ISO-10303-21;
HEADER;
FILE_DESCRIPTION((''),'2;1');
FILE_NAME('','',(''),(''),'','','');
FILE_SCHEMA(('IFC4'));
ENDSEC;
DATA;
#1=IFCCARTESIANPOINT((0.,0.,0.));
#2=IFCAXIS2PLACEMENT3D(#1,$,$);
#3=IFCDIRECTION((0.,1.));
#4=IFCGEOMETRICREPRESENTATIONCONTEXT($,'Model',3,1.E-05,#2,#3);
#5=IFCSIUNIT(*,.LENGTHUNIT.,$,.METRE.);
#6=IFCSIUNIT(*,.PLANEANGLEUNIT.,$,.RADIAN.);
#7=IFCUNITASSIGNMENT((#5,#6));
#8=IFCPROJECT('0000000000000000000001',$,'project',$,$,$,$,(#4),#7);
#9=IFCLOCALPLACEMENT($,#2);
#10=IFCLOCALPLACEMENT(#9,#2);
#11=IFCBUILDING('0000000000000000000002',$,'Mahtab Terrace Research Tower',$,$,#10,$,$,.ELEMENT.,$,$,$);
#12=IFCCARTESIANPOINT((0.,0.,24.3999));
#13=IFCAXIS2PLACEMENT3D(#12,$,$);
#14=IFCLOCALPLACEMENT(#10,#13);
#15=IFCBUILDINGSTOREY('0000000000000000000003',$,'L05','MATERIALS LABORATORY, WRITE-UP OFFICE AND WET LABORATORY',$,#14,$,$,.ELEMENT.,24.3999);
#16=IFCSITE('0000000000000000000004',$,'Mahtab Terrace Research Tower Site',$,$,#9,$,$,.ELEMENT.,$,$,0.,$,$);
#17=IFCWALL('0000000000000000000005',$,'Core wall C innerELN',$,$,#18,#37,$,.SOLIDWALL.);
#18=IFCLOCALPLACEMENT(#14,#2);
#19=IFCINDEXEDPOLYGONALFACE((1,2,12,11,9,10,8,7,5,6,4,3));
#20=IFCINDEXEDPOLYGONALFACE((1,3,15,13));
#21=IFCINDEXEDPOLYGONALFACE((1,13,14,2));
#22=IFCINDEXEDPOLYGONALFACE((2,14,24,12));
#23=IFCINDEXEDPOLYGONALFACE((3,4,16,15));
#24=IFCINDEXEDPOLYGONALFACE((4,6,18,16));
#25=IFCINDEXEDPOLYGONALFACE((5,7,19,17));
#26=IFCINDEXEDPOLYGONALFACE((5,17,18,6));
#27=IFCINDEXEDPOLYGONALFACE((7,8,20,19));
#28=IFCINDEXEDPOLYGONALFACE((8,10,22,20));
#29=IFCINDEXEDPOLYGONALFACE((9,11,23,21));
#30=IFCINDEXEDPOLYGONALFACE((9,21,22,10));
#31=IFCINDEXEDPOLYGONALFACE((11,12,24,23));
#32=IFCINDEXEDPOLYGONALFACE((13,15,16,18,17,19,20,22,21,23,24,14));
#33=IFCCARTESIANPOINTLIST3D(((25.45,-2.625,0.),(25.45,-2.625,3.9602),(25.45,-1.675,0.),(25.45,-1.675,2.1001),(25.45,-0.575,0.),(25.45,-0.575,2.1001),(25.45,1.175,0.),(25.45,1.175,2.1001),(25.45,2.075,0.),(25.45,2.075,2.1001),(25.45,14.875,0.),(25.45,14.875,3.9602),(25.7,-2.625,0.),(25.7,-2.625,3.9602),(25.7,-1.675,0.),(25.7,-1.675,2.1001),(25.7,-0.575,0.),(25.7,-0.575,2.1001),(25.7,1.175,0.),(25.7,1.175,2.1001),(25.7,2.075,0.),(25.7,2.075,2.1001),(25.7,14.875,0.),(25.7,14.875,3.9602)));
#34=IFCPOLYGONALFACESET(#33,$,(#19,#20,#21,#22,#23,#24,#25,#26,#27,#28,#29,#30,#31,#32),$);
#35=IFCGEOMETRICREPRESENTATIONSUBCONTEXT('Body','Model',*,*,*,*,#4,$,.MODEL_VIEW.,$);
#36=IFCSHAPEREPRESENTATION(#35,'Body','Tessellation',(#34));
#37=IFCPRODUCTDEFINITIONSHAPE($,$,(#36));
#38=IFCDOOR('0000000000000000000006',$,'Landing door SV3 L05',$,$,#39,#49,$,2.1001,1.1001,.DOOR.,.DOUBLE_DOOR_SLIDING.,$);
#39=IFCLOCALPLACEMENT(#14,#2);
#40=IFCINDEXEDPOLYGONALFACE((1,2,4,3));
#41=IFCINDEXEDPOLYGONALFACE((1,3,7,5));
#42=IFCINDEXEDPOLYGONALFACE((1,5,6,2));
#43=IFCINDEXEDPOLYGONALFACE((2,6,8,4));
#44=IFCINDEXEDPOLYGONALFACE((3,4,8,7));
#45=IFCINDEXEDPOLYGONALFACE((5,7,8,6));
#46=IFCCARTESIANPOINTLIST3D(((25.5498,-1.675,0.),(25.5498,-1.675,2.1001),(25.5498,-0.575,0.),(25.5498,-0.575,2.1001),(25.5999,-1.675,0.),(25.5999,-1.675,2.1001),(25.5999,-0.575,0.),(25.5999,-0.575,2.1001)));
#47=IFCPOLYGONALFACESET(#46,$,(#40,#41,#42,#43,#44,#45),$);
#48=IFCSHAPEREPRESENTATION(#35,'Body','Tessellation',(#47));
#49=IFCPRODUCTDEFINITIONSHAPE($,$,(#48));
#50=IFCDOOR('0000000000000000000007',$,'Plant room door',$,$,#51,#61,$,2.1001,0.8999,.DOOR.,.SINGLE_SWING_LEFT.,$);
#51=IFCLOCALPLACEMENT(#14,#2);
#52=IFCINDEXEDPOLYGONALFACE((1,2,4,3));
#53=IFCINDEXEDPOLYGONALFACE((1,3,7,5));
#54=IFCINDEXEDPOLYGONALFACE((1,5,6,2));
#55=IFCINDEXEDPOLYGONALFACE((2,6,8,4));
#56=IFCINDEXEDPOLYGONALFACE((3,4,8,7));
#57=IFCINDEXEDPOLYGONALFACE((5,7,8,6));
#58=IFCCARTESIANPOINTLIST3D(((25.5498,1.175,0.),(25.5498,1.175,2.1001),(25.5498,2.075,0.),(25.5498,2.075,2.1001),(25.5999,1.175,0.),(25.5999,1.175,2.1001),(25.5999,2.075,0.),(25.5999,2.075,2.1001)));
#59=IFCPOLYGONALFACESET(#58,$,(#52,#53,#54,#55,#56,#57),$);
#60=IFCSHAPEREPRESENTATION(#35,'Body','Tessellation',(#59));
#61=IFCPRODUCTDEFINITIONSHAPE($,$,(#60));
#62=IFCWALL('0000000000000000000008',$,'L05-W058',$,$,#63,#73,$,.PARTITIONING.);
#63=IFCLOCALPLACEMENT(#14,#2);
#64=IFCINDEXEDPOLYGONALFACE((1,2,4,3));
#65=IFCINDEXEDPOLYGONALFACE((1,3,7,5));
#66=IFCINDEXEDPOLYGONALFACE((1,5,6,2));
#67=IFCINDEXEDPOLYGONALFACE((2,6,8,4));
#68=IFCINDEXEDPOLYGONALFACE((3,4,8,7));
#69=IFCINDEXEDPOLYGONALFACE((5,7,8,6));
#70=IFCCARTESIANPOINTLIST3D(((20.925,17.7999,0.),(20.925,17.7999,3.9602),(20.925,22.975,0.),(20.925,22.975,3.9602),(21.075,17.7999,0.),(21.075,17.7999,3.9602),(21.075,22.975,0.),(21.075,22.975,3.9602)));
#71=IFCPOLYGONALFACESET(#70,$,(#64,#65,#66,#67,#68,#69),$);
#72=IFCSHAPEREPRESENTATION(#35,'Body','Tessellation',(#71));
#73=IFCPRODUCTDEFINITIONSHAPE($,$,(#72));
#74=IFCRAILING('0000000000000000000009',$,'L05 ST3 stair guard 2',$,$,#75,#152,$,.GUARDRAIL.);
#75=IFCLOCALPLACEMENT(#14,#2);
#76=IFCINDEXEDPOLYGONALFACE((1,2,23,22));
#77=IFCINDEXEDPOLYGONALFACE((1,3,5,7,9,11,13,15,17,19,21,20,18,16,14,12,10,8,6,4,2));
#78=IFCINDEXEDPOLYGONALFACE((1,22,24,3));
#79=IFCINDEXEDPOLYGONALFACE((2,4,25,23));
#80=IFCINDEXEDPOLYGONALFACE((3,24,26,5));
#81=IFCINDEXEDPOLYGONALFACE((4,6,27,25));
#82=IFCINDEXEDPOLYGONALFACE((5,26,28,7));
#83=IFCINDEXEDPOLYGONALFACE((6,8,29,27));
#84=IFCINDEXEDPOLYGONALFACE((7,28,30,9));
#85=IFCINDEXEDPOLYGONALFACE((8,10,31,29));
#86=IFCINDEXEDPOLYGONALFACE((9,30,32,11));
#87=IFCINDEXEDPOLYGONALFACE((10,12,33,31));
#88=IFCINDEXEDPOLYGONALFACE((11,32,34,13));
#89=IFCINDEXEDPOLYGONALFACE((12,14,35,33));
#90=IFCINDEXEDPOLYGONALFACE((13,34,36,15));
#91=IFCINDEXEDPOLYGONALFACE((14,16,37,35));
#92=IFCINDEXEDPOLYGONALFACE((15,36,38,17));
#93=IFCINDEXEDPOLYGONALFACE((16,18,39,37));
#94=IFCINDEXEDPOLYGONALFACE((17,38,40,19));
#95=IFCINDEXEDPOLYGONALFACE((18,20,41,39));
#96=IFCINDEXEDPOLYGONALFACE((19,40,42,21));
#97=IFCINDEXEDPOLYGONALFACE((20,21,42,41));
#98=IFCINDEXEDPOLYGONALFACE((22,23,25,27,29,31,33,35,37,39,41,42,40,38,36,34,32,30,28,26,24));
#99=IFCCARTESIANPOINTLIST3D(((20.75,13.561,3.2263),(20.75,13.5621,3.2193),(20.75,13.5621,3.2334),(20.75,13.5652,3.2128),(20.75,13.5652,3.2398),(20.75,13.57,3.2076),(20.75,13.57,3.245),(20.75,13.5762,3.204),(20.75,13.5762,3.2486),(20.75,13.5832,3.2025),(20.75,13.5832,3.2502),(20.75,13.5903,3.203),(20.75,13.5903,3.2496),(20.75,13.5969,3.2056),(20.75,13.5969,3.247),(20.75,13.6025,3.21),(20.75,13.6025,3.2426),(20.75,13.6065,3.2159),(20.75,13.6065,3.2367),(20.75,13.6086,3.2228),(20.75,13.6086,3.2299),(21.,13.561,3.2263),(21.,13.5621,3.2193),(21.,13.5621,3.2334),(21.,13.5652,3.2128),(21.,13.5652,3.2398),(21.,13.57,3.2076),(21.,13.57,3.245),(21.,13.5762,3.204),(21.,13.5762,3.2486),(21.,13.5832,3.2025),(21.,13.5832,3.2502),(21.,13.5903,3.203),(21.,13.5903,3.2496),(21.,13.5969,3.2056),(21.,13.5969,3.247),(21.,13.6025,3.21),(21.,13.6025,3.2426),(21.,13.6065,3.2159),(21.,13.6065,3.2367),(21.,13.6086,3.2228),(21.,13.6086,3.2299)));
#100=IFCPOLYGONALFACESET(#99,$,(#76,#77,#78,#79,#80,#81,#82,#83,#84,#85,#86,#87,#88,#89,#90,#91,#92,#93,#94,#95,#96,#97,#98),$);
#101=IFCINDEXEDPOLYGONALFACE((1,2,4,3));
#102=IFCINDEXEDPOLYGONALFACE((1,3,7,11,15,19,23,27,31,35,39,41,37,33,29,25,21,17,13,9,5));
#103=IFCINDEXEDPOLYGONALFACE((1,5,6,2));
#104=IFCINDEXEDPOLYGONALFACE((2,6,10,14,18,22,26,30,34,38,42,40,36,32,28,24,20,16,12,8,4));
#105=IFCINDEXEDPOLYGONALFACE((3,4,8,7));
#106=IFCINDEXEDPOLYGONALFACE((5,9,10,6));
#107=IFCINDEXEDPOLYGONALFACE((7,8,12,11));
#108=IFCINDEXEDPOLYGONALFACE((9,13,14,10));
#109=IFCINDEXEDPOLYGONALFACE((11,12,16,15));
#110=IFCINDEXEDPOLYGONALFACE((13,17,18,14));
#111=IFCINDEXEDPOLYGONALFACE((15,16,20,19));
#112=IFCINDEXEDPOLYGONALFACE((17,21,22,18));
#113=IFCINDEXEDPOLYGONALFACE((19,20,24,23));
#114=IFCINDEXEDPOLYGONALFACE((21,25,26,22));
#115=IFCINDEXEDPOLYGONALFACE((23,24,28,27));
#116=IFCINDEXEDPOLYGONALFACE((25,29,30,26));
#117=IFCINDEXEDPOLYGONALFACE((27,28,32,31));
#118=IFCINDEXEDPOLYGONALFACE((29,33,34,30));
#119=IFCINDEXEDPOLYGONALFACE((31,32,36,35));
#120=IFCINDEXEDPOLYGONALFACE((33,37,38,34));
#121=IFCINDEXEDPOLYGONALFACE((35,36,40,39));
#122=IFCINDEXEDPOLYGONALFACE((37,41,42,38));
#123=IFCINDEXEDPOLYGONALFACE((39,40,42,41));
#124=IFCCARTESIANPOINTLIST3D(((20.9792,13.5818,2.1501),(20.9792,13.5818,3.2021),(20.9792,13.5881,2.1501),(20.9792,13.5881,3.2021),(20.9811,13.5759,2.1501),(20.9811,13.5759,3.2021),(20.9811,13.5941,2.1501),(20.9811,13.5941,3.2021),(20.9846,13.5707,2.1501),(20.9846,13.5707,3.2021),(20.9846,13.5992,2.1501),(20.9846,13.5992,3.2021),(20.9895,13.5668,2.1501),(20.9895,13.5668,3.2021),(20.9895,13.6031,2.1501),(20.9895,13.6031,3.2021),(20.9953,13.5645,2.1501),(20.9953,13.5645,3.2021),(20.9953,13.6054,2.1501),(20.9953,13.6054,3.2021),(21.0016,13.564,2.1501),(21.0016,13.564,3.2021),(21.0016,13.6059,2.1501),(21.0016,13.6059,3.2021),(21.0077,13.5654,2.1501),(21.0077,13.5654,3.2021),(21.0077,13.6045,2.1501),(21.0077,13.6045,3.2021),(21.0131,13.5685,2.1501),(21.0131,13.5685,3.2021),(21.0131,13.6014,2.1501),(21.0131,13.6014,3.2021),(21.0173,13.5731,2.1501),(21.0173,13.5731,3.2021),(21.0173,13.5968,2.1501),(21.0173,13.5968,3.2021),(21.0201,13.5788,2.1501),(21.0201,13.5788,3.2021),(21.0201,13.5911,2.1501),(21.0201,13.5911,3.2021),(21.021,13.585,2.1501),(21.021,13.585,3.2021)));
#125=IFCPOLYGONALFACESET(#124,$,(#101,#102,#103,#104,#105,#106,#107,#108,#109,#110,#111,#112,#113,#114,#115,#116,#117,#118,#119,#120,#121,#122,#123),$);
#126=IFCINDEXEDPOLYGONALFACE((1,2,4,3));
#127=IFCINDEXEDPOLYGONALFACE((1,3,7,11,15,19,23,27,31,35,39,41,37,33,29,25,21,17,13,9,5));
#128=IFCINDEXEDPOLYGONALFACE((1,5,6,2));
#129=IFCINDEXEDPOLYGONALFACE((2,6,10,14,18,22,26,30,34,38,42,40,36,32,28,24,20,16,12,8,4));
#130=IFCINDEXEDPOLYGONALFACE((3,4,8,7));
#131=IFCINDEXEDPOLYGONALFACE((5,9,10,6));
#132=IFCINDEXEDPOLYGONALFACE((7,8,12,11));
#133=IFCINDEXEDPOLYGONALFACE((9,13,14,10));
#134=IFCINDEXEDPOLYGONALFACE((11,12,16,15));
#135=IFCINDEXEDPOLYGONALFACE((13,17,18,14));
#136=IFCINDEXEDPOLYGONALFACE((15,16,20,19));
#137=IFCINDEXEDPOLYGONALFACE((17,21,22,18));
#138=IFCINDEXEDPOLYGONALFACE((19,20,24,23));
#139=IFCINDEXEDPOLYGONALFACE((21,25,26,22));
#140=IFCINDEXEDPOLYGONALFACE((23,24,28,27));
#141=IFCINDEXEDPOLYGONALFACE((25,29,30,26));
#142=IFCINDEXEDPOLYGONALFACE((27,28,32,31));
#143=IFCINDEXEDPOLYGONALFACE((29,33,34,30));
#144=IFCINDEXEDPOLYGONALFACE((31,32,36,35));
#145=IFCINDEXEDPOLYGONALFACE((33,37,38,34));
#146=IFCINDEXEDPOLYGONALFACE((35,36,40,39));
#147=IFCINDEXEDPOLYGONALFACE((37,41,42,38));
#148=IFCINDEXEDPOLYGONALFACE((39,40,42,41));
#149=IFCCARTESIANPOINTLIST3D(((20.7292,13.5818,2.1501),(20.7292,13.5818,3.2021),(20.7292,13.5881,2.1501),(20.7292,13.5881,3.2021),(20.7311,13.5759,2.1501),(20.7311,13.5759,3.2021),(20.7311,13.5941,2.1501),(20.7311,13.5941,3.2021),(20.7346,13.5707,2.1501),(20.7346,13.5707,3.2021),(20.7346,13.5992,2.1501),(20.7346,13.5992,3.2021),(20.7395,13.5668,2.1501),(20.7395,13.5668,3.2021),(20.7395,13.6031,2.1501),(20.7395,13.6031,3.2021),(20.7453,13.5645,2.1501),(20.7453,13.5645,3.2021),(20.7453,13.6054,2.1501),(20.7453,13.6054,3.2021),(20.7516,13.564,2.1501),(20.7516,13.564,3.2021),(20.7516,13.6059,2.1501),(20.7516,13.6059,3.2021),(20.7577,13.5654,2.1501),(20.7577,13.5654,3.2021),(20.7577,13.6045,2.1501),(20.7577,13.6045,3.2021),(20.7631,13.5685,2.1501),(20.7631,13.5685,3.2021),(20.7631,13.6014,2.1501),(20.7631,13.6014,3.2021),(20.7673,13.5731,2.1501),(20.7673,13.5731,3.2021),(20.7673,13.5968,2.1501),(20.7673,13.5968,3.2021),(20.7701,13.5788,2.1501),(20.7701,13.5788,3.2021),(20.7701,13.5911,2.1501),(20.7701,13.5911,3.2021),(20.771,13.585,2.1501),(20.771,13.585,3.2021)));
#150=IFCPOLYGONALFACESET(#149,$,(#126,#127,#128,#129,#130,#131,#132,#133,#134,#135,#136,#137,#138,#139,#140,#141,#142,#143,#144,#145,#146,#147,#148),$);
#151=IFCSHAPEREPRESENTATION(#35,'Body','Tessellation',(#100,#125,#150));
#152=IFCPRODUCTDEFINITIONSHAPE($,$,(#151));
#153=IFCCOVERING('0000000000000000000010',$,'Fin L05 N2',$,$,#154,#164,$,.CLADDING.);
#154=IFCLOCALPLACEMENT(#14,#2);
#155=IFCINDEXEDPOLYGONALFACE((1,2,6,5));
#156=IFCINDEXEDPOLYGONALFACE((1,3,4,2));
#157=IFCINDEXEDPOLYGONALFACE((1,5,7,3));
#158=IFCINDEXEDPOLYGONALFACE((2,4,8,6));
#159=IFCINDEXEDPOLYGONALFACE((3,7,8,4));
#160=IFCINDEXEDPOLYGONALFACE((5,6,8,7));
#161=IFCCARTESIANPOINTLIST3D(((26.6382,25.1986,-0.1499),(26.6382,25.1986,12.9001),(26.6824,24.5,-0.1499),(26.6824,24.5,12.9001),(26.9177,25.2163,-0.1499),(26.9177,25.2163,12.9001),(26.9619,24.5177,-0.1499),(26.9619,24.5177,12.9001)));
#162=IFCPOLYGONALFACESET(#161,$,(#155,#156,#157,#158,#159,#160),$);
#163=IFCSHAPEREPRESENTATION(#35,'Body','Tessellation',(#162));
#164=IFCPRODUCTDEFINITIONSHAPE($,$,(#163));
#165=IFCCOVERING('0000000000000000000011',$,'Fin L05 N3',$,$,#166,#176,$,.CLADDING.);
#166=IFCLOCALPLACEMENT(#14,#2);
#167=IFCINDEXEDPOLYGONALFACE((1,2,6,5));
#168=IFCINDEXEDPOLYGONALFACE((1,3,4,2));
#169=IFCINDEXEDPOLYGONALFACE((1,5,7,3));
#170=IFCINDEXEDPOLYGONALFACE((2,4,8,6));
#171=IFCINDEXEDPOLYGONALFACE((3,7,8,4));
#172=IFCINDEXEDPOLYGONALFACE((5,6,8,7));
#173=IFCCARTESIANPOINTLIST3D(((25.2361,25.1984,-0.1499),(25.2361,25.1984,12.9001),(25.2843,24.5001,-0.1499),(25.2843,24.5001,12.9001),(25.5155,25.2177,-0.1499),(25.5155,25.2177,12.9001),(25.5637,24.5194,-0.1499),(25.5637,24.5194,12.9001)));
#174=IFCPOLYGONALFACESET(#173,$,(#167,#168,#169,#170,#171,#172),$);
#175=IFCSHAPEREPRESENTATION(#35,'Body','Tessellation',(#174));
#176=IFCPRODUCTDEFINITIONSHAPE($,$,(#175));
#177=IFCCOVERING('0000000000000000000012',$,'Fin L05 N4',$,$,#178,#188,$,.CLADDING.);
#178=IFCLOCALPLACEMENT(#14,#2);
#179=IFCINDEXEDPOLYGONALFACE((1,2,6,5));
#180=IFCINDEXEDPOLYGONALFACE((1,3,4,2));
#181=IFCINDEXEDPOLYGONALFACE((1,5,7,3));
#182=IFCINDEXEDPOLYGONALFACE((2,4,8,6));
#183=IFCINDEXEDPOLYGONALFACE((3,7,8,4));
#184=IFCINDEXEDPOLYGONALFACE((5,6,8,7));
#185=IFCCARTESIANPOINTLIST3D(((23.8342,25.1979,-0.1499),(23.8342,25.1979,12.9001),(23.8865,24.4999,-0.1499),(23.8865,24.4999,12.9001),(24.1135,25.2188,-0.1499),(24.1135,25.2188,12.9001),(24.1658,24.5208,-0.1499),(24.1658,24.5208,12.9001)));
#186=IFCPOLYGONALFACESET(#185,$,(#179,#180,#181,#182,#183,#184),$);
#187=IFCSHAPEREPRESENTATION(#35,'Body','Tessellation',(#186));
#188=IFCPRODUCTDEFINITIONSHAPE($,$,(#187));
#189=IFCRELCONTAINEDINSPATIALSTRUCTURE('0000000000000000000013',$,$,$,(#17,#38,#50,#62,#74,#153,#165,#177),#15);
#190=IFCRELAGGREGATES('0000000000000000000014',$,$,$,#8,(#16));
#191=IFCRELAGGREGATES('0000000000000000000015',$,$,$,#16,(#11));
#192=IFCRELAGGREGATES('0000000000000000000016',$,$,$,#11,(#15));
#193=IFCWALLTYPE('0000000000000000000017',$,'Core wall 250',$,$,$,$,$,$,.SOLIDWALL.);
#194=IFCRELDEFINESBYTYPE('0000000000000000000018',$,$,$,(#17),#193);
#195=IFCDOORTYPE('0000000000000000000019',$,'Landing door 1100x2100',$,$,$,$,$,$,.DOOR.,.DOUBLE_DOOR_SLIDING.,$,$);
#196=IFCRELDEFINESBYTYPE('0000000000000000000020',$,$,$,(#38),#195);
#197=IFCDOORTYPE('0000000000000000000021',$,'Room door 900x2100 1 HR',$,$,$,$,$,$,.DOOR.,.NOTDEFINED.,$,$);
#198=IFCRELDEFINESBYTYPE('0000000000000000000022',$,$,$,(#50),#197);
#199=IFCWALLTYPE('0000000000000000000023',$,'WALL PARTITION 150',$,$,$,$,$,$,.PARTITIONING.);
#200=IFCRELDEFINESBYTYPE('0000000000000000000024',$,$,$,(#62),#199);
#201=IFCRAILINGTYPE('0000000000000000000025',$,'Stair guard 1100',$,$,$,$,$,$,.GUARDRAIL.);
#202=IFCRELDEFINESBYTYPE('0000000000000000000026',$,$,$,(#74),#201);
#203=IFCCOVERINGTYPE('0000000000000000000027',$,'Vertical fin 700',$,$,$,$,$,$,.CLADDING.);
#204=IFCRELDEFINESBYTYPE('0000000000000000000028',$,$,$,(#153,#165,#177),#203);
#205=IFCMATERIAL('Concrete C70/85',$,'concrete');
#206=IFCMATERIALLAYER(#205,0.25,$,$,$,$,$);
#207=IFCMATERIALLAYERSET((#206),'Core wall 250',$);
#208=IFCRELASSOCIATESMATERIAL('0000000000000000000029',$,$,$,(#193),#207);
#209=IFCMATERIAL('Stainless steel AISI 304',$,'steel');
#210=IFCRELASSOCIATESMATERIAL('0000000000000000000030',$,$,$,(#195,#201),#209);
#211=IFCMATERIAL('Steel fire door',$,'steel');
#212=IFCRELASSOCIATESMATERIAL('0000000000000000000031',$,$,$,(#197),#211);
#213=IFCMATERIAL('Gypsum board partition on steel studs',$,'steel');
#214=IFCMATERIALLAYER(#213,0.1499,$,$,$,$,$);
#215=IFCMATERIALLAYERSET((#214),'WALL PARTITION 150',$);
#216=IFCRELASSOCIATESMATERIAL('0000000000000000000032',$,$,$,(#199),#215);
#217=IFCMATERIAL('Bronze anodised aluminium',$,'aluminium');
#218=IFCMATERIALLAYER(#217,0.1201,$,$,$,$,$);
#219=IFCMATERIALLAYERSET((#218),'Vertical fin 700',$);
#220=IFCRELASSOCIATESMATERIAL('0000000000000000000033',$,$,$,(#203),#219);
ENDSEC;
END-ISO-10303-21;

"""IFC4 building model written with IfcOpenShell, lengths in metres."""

from ifc_helpers import new_model, si_unit, direction, frame, frame_2d, origin, origin_2d, place, context, subcontext, project, spatial, rectangle, circle, extrude, material, layer, layer_set, type_object, element, fill, save


model = new_model("IFC4")

# Units and contexts
model_context = context("Model", 3, precision=1e-05, world=origin(), true_north=direction((0.0, 1.0)))
body_context = subcontext(model_context, "Body", "Model", "MODEL_VIEW")
ifc_project = project(units=[si_unit("LENGTHUNIT", "METRE"), si_unit("PLANEANGLEUNIT", "RADIAN")], contexts=[model_context])

# Site, building, storey
site_placement = place(None, origin())
site = spatial("IfcSite", under=ifc_project, at=site_placement, Name="Mahtab Terrace Research Tower Site", CompositionType="ELEMENT", RefElevation=0.0)
building_placement = place(site_placement, origin())
building = spatial("IfcBuilding", under=site, at=building_placement, Name="Mahtab Terrace Research Tower", CompositionType="ELEMENT")
storey_placement = place(building_placement, frame((0.0, 0.0, 24.3999)))
storey = spatial("IfcBuildingStorey", under=building, at=storey_placement, Name="L05", Description="MATERIALS LABORATORY, WRITE-UP OFFICE AND WET LABORATORY", CompositionType="ELEMENT", Elevation=24.3999)

# Shared definitions
ifc_material_1 = material(Name="Concrete C70/85", Category="concrete")
ifc_layer_1 = layer(ifc_material_1, 0.25)
ifc_layer_set_1 = layer_set([ifc_layer_1], Name="Core wall 250")
wall_type_1 = type_object("IfcWallType", Name="Core wall 250", PredefinedType="SOLIDWALL", material=ifc_layer_set_1)

# Shared definitions
ifc_material_2 = material(Name="Steel fire door", Category="steel")

# Wall, openings, doors
wall_1_placement = place(storey_placement, frame((25.575, 14.875, 0.0), z_axis=(0.0, 0.0, 1.0), x_axis=(0.0, -1.0, 0.0)))
wall_1 = element("IfcWall", 1, at=wall_1_placement, inside=storey, type_object=wall_type_1, Name="Core wall C innerELN", PredefinedType="SOLIDWALL", context=body_context, shape_type="SweptSolid", body=[
    extrude(rectangle(XDim=17.5, YDim=0.25, at=frame_2d((8.75, 0.0))), origin(), (0.0, 0.0, 1.0), 3.9602),
])
opening_1_placement = place(wall_1_placement, frame((15.45, 0.0, 0.0)))
opening_1 = element("IfcOpeningElement", 2, at=opening_1_placement, cuts=wall_1, PredefinedType="OPENING", context=body_context, shape_type="SweptSolid", body=[
    extrude(rectangle(XDim=1.1001, YDim=2.1001, at=frame_2d((0.55, 1.05))), frame((0.0, 0.135, 0.0), z_axis=(0.0, -1.0, 0.0), x_axis=(1.0, 0.0, 0.0)), (0.0, 0.0, 1.0), 0.27),
])
opening_2_placement = place(wall_1_placement, frame((12.8, 0.0, 0.0)))
opening_2 = element("IfcOpeningElement", 3, at=opening_2_placement, cuts=wall_1, PredefinedType="OPENING", context=body_context, shape_type="SweptSolid", body=[
    extrude(rectangle(XDim=0.8999, YDim=2.1001, at=frame_2d((0.45, 1.05))), frame((0.0, 0.135, 0.0), z_axis=(0.0, -1.0, 0.0), x_axis=(1.0, 0.0, 0.0)), (0.0, 0.0, 1.0), 0.27),
])
ifc_material_3 = material(Name="Stainless steel AISI 304", Category="steel")
door_type_1 = type_object("IfcDoorType", Name="Landing door 1100x2100", OperationType="DOUBLE_DOOR_SLIDING", PredefinedType="DOOR", material=ifc_material_3)
door_1_placement = place(opening_1_placement, origin())
door_1 = element("IfcDoor", 4, at=door_1_placement, inside=storey, type_object=door_type_1, Name="Landing door SV3 L05", OperationType="DOUBLE_DOOR_SLIDING", OverallHeight=2.1001, OverallWidth=1.1001, PredefinedType="DOOR", context=body_context, shape_type="SweptSolid", body=[
    extrude(rectangle(XDim=1.1001, YDim=2.1001, at=frame_2d((0.55, 1.05))), frame((0.0, 0.0249, 0.0), z_axis=(0.0, -1.0, 0.0), x_axis=(1.0, 0.0, 0.0)), (0.0, 0.0, 1.0), 0.05),
])
fill(opening_1, door_1)
door_type_2 = type_object("IfcDoorType", Name="Room door 900x2100 1 HR", OperationType="NOTDEFINED", PredefinedType="DOOR", material=ifc_material_2)
door_2_placement = place(opening_2_placement, origin())
door_2 = element("IfcDoor", 5, at=door_2_placement, inside=storey, type_object=door_type_2, Name="Plant room door", OperationType="SINGLE_SWING_LEFT", OverallHeight=2.1001, OverallWidth=0.8999, PredefinedType="DOOR", context=body_context, shape_type="SweptSolid", body=[
    extrude(rectangle(XDim=0.8999, YDim=2.1001, at=frame_2d((0.45, 1.05))), frame((0.0, 0.0249, 0.0), z_axis=(0.0, -1.0, 0.0), x_axis=(1.0, 0.0, 0.0)), (0.0, 0.0, 1.0), 0.05),
])
fill(opening_2, door_2)

# Wall
ifc_material_4 = material(Name="Gypsum board partition on steel studs", Category="steel")
ifc_layer_2 = layer(ifc_material_4, 0.1499)
ifc_layer_set_2 = layer_set([ifc_layer_2], Name="WALL PARTITION 150")
wall_type_2 = type_object("IfcWallType", Name="WALL PARTITION 150", PredefinedType="PARTITIONING", material=ifc_layer_set_2)
wall_2_placement = place(storey_placement, frame((21.0, 17.8, 0.0), z_axis=(0.0, 0.0, 1.0), x_axis=(0.0, 1.0, 0.0)))
element("IfcWall", 6, at=wall_2_placement, inside=storey, type_object=wall_type_2, Name="L05-W058", PredefinedType="PARTITIONING", context=body_context, shape_type="SweptSolid", body=[
    extrude(rectangle(XDim=5.175, YDim=0.1499, at=frame_2d((2.5874, 0.0))), origin(), (0.0, 0.0, 1.0), 3.9602),
])

# Railing
railing_type = type_object("IfcRailingType", Name="Stair guard 1100", PredefinedType="GUARDRAIL", material=ifc_material_3)
railing_placement = place(storey_placement, frame((21.0, 13.585, 2.1501)))
element("IfcRailing", 7, at=railing_placement, inside=storey, type_object=railing_type, Name="L05 ST3 stair guard 2", PredefinedType="GUARDRAIL", context=body_context, shape_type="SweptSolid", body=[
    extrude(circle(Radius=0.0239, at=origin_2d()), frame((0.0, 0.0, 1.0762), z_axis=(-1.0, 0.0, 0.0), x_axis=(0.0, -1.0, 0.0)), (0.0, 0.0, 1.0), 0.25),
    extrude(circle(Radius=0.021, at=origin_2d()), origin(), (0.0, 0.0, 1.0), 1.052),
    extrude(circle(Radius=0.021, at=origin_2d()), frame((-0.25, 0.0, 0.0)), (0.0, 0.0, 1.0), 1.052),
])

# Coverings
ifc_material_5 = material(Name="Bronze anodised aluminium", Category="aluminium")
ifc_layer_3 = layer(ifc_material_5, 0.1201)
ifc_layer_set_3 = layer_set([ifc_layer_3], Name="Vertical fin 700")
covering_type = type_object("IfcCoveringType", Name="Vertical fin 700", PredefinedType="CLADDING", material=ifc_layer_set_3)
for number, where, z_axis, x_axis, name in (
    (8, (26.8, 24.8582, -0.1499), (0.0, 0.0, 1.0), (-0.998006, -0.063122, 0.0), "Fin L05 N2"),
    (9, (25.3999, 24.8589, -0.1499), (0.0, 0.0, 1.0), (-0.997622, -0.068927, 0.0), "Fin L05 N3"),
    (10, (24.0, 24.8594, -0.1499), (0.0, 0.0, 1.0), (-0.997204, -0.07473, 0.0), "Fin L05 N4"),
):
    element("IfcCovering", number, at=place(storey_placement, frame(where, z_axis=z_axis, x_axis=x_axis)), inside=storey, type_object=covering_type, Name=name, PredefinedType="CLADDING", context=body_context, shape_type="SweptSolid", body=[
        extrude(rectangle(XDim=0.28, YDim=0.7, at=origin_2d()), origin(), (0.0, 0.0, 1.0), 13.05),
    ])

save(model, "model.ifc")
